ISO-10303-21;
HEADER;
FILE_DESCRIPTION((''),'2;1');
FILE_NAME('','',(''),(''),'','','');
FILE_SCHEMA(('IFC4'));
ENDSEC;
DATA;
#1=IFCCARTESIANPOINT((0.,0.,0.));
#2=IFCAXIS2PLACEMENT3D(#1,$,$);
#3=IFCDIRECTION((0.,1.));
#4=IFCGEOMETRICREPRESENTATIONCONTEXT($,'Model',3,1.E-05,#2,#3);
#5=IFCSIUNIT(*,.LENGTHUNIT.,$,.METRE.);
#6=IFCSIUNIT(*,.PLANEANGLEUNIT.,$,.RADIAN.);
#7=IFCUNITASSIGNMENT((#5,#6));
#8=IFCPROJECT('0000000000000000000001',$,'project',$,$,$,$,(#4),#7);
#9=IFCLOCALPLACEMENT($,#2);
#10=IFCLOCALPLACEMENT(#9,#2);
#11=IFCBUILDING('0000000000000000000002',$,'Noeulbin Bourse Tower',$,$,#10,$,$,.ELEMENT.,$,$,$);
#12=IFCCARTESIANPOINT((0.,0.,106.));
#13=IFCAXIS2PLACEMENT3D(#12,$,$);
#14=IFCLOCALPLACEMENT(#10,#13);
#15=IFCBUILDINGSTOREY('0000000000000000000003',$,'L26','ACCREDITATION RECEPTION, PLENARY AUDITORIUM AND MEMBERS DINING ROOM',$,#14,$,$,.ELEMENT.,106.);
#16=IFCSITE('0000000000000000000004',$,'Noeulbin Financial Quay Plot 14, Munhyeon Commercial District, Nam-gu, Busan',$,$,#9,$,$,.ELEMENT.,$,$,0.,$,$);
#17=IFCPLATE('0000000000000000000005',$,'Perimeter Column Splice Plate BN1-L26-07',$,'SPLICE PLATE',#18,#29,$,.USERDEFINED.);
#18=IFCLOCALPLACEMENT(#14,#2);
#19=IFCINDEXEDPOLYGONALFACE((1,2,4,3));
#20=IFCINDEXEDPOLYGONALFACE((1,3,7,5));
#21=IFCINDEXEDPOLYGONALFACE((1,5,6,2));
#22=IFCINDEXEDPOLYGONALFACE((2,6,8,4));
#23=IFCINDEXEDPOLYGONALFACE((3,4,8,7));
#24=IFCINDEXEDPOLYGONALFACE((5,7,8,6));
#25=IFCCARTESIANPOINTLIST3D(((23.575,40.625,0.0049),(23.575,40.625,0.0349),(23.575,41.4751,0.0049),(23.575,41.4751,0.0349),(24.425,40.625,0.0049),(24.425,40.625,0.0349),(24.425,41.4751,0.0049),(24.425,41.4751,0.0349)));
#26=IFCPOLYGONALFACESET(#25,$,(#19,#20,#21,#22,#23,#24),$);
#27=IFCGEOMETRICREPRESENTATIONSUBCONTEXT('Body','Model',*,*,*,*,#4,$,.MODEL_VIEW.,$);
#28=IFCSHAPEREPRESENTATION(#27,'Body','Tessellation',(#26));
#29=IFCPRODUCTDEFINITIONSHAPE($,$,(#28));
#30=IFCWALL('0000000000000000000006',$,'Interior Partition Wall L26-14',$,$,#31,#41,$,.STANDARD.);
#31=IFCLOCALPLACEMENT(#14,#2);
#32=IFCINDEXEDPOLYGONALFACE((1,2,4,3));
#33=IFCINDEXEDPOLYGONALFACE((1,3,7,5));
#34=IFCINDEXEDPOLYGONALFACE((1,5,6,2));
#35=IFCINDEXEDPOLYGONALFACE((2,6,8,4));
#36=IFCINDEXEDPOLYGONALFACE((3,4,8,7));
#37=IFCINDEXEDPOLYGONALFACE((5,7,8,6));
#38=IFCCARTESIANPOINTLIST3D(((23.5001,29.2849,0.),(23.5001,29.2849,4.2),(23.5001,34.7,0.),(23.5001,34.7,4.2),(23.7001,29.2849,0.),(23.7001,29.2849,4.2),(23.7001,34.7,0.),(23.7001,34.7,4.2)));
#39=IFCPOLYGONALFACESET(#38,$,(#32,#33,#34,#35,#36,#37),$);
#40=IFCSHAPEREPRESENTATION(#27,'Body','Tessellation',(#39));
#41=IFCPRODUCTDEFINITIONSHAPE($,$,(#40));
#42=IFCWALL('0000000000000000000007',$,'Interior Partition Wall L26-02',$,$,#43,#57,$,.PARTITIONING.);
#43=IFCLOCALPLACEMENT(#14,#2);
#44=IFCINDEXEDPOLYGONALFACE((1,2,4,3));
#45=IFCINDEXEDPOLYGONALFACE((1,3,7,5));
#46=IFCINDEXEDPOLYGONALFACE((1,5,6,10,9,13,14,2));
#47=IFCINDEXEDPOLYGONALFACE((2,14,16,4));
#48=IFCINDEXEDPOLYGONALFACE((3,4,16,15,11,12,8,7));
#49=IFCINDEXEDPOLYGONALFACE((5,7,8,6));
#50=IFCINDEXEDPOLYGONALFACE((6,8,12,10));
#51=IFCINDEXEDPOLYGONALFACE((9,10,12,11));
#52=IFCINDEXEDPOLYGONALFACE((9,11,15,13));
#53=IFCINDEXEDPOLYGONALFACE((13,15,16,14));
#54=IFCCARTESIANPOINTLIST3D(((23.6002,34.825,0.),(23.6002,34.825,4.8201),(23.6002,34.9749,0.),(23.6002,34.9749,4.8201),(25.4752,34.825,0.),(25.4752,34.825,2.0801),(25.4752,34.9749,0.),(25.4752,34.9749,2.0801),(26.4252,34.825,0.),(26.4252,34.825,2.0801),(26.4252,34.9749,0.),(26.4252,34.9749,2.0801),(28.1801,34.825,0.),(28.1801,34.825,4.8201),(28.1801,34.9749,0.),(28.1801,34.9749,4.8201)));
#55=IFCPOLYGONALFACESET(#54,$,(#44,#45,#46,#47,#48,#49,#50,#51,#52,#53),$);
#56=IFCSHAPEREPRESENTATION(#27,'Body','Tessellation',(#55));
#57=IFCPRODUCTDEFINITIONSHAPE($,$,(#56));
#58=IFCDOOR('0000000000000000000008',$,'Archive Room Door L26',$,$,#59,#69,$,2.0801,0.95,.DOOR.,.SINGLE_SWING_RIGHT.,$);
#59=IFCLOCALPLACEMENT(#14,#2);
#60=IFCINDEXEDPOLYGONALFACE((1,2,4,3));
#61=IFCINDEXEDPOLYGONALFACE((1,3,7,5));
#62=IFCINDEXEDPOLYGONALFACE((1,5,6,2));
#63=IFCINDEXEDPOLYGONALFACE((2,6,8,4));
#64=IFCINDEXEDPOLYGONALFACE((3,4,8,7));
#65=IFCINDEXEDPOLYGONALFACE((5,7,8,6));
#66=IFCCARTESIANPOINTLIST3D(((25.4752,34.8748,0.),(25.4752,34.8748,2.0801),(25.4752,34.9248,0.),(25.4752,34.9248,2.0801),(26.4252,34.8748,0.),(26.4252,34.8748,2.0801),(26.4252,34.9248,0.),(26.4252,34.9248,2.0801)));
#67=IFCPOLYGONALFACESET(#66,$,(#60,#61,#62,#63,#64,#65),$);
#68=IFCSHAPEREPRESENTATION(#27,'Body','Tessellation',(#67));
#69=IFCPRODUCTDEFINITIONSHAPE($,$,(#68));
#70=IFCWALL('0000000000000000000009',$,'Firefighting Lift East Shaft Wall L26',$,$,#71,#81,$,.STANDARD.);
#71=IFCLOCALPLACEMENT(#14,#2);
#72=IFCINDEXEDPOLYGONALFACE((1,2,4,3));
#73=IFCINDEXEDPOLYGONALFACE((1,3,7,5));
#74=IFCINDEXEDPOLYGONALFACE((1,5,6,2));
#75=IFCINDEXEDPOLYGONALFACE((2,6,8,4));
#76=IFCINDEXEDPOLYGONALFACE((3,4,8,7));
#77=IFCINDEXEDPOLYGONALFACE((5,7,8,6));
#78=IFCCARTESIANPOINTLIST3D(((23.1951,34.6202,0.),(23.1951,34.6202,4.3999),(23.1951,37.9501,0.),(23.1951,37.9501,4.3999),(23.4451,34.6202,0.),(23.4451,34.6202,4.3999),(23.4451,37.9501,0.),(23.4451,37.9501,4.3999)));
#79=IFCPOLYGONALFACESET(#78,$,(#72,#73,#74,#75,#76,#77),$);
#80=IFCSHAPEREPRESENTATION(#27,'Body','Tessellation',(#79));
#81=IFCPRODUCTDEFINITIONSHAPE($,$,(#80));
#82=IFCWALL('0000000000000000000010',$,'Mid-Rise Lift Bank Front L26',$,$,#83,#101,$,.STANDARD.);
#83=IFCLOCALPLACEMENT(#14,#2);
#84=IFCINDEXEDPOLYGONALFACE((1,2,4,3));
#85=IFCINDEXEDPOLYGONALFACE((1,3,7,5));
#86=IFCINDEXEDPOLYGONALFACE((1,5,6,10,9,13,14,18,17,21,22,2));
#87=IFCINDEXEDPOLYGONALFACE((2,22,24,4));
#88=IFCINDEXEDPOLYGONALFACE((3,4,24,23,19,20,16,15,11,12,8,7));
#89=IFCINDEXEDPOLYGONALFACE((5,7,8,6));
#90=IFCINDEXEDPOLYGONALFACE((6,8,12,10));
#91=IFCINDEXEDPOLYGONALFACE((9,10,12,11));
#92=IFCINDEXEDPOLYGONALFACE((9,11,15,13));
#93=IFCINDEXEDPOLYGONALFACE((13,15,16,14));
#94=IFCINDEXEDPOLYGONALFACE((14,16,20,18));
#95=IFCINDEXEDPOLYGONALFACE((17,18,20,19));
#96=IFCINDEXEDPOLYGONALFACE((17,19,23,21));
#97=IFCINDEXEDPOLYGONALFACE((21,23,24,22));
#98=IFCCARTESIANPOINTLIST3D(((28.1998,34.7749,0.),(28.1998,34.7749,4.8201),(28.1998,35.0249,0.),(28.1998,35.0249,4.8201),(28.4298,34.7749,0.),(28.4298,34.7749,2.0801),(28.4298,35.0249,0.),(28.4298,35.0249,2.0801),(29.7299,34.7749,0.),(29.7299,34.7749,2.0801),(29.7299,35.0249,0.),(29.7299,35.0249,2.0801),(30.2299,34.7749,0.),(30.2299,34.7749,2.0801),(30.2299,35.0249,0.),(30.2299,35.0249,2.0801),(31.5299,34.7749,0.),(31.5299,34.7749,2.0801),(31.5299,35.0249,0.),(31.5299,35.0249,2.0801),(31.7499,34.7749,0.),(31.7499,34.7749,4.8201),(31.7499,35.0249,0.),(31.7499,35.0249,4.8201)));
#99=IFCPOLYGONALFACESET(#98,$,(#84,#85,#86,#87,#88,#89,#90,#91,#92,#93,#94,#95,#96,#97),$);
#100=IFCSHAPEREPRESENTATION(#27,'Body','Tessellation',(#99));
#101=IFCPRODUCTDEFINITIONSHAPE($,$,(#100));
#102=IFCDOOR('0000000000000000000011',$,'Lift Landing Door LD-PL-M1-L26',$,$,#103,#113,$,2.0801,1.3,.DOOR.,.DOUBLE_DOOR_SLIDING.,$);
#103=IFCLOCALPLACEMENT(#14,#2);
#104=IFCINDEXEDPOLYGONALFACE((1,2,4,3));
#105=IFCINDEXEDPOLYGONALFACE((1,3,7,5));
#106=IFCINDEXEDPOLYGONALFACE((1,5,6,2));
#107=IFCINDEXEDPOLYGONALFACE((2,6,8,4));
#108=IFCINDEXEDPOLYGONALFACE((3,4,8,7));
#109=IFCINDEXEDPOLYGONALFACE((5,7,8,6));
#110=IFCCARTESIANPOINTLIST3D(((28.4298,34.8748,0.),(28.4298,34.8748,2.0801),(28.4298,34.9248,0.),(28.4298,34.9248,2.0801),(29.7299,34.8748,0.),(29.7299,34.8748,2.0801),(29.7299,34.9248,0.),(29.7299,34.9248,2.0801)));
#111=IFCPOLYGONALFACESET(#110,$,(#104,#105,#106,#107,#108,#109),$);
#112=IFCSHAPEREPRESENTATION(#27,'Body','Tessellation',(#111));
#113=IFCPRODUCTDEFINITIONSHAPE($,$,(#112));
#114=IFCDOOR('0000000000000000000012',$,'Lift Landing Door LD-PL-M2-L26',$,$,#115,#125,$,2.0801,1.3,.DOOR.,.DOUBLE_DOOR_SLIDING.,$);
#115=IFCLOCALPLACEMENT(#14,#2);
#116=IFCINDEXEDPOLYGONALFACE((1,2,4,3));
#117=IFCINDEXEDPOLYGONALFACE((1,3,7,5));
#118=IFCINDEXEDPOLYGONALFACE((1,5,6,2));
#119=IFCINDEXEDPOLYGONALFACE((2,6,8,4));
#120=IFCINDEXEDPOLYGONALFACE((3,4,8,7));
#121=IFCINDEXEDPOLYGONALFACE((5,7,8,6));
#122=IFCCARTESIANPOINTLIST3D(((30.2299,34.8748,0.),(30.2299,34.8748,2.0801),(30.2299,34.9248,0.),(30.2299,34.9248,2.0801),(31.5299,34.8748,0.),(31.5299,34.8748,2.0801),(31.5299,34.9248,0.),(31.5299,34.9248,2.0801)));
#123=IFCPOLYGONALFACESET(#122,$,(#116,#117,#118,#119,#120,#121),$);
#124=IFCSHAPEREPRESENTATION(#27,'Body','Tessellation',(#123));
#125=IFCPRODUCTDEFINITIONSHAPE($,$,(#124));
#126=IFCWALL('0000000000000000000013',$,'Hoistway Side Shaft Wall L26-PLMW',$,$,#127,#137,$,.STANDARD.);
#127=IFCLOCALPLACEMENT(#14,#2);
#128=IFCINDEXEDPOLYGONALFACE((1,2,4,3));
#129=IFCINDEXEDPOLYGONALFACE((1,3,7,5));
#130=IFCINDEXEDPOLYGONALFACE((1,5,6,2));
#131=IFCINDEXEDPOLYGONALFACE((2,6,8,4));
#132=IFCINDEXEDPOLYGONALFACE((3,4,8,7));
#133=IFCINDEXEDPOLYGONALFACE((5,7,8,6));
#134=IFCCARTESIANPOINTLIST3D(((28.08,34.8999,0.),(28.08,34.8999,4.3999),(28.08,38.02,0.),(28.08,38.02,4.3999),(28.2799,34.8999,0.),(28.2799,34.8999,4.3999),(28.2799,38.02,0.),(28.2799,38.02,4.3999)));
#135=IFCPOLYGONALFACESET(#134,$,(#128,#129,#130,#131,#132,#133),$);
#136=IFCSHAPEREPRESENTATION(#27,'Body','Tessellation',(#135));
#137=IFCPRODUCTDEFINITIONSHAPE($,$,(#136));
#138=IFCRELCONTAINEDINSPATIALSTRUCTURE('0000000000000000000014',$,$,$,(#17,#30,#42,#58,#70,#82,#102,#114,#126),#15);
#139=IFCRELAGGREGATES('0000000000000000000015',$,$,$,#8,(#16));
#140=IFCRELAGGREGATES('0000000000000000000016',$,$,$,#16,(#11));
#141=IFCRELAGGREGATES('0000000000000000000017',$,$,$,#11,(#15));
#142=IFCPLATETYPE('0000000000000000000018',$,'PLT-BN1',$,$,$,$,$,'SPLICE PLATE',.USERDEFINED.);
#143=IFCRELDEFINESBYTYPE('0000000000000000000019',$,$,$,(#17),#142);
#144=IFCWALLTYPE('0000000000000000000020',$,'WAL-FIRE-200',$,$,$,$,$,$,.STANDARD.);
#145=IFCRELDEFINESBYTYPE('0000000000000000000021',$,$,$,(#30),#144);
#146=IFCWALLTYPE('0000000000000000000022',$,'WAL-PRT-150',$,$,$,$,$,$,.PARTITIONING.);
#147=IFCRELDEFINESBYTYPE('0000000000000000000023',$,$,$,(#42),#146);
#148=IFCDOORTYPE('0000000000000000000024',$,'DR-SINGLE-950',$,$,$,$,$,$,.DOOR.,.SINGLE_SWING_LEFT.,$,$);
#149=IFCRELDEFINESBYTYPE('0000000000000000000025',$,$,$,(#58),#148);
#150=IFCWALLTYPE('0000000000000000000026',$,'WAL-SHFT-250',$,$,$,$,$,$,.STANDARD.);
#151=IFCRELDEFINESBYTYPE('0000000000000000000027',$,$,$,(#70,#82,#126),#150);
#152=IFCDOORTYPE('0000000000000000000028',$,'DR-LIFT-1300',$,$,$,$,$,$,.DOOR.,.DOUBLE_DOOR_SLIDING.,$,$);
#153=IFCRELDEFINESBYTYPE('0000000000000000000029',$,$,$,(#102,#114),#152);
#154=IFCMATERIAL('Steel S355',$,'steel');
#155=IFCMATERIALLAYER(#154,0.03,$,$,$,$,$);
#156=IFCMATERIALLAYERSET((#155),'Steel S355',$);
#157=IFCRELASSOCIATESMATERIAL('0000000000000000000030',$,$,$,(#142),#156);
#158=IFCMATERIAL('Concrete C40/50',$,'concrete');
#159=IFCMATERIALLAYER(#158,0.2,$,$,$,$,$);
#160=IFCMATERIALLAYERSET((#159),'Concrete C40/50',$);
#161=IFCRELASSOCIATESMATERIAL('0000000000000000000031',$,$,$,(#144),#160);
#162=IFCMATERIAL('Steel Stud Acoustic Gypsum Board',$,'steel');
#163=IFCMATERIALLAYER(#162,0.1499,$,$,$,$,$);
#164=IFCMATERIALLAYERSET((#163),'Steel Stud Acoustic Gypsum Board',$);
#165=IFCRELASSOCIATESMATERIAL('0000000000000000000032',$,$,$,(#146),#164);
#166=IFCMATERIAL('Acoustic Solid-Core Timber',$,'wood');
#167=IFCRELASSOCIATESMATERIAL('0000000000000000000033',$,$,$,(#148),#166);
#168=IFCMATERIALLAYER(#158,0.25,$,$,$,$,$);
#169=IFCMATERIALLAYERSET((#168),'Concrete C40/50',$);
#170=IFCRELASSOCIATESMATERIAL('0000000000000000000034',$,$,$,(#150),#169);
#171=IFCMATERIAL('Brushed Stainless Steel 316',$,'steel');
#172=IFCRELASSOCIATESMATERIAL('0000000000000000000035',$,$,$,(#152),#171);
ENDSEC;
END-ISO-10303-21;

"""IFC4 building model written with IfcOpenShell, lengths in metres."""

from ifc_helpers import new_model, si_unit, direction, frame, frame_2d, origin, origin_2d, place, context, subcontext, project, spatial, rectangle, extrude, material, layer, layer_set, type_object, element, fill, save


model = new_model("IFC4")

# Units and contexts
model_context = context("Model", 3, precision=1e-05, world=origin(), true_north=direction((0.0, 1.0)))
body_context = subcontext(model_context, "Body", "Model", "MODEL_VIEW")
ifc_project = project(units=[si_unit("LENGTHUNIT", "METRE"), si_unit("PLANEANGLEUNIT", "RADIAN")], contexts=[model_context])

# Site, building, storey
site_placement = place(None, origin())
site = spatial("IfcSite", under=ifc_project, at=site_placement, Name="Noeulbin Financial Quay Plot 14, Munhyeon Commercial District, Nam-gu, Busan", CompositionType="ELEMENT", RefElevation=0.0)
building_placement = place(site_placement, origin())
building = spatial("IfcBuilding", under=site, at=building_placement, Name="Noeulbin Bourse Tower", CompositionType="ELEMENT")
storey_placement = place(building_placement, frame((0.0, 0.0, 106.0)))
storey = spatial("IfcBuildingStorey", under=building, at=storey_placement, Name="L26", Description="ACCREDITATION RECEPTION, PLENARY AUDITORIUM AND MEMBERS DINING ROOM", CompositionType="ELEMENT", Elevation=106.0)

# Shared definitions
ifc_material_1 = material(Name="Steel S355", Category="steel")

# Plate
ifc_layer_1 = layer(ifc_material_1, 0.03)
ifc_layer_set_1 = layer_set([ifc_layer_1], Name="Steel S355")
plate_type_1 = type_object("IfcPlateType", Name="PLT-BN1", ElementType="SPLICE PLATE", PredefinedType="USERDEFINED", material=ifc_layer_set_1)
for number, where, z_axis, x_axis, name in (
    (1, (24.0, 41.05, 0.0049), (0.0, 0.0, 1.0), (1.0, 0.0, 0.0), "Perimeter Column Splice Plate BN1-L26-07"),
):
    element("IfcPlate", number, at=place(storey_placement, frame(where, z_axis=z_axis, x_axis=x_axis)), inside=storey, type_object=plate_type_1, Name=name, ObjectType="SPLICE PLATE", PredefinedType="USERDEFINED", context=body_context, shape_type="SweptSolid", body=[
        extrude(rectangle(XDim=0.8501, YDim=0.8501, at=origin_2d()), origin(), (0.0, 0.0, 1.0), 0.03),
    ])

# Wall
ifc_material_2 = material(Name="Concrete C40/50", Category="concrete")
ifc_layer_2 = layer(ifc_material_2, 0.2)
ifc_layer_set_2 = layer_set([ifc_layer_2], Name="Concrete C40/50")
wall_type_1 = type_object("IfcWallType", Name="WAL-FIRE-200", PredefinedType="STANDARD", material=ifc_layer_set_2)
wall_1_placement = place(storey_placement, frame((23.6001, 29.2849, 0.0), z_axis=(0.0, 0.0, 1.0), x_axis=(0.0, 1.0, 0.0)))
element("IfcWall", 2, at=wall_1_placement, inside=storey, type_object=wall_type_1, Name="Interior Partition Wall L26-14", PredefinedType="STANDARD", context=body_context, shape_type="SweptSolid", body=[
    extrude(rectangle(XDim=5.415, YDim=0.2, at=frame_2d((2.7075, 0.0))), origin(), (0.0, 0.0, 1.0), 4.2),
])

# Wall, opening, door
ifc_material_3 = material(Name="Steel Stud Acoustic Gypsum Board", Category="steel")
ifc_layer_3 = layer(ifc_material_3, 0.1499)
ifc_layer_set_3 = layer_set([ifc_layer_3], Name="Steel Stud Acoustic Gypsum Board")
wall_type_2 = type_object("IfcWallType", Name="WAL-PRT-150", PredefinedType="PARTITIONING", material=ifc_layer_set_3)
wall_2_placement = place(storey_placement, frame((23.6001, 34.8999, 0.0), z_axis=(0.0, 0.0, 1.0), x_axis=(1.0, 0.0, 0.0)))
wall_2 = element("IfcWall", 3, at=wall_2_placement, inside=storey, type_object=wall_type_2, Name="Interior Partition Wall L26-02", PredefinedType="PARTITIONING", context=body_context, shape_type="SweptSolid", body=[
    extrude(rectangle(XDim=4.5798, YDim=0.1499, at=frame_2d((2.29, 0.0))), origin(), (0.0, 0.0, 1.0), 4.8201),
])
opening_1_placement = place(wall_2_placement, frame((1.875, 0.0, 0.0)))
opening_1 = element("IfcOpeningElement", 4, at=opening_1_placement, cuts=wall_2, PredefinedType="OPENING", context=body_context, shape_type="SweptSolid", body=[
    extrude(rectangle(XDim=0.95, YDim=2.0801, at=frame_2d((0.4751, 1.04))), frame((0.0, 0.085, 0.0), z_axis=(0.0, -1.0, 0.0), x_axis=(1.0, 0.0, 0.0)), (0.0, 0.0, 1.0), 0.1699),
])
ifc_material_4 = material(Name="Acoustic Solid-Core Timber", Category="wood")
door_type_1 = type_object("IfcDoorType", Name="DR-SINGLE-950", OperationType="SINGLE_SWING_LEFT", PredefinedType="DOOR", material=ifc_material_4)
door_1_placement = place(opening_1_placement, origin())
door_1 = element("IfcDoor", 5, at=door_1_placement, inside=storey, type_object=door_type_1, Name="Archive Room Door L26", OperationType="SINGLE_SWING_RIGHT", OverallHeight=2.0801, OverallWidth=0.95, PredefinedType="DOOR", context=body_context, shape_type="SweptSolid", body=[
    extrude(rectangle(XDim=0.95, YDim=2.0801, at=frame_2d((0.4751, 1.04))), frame((0.0, 0.0249, 0.0), z_axis=(0.0, -1.0, 0.0), x_axis=(1.0, 0.0, 0.0)), (0.0, 0.0, 1.0), 0.05),
])
fill(opening_1, door_1)

# Wall
ifc_layer_4 = layer(ifc_material_2, 0.25)
ifc_layer_set_4 = layer_set([ifc_layer_4], Name="Concrete C40/50")
wall_type_3 = type_object("IfcWallType", Name="WAL-SHFT-250", PredefinedType="STANDARD", material=ifc_layer_set_4)
wall_3_placement = place(storey_placement, frame((23.3201, 34.6201, 0.0), z_axis=(0.0, 0.0, 1.0), x_axis=(0.0, 1.0, 0.0)))
element("IfcWall", 6, at=wall_3_placement, inside=storey, type_object=wall_type_3, Name="Firefighting Lift East Shaft Wall L26", PredefinedType="STANDARD", context=body_context, shape_type="SweptSolid", body=[
    extrude(rectangle(XDim=3.3298, YDim=0.25, at=frame_2d((1.665, 0.0))), origin(), (0.0, 0.0, 1.0), 4.3999),
])

# Wall, openings, doors
wall_4_placement = place(storey_placement, frame((28.2, 34.8999, 0.0), z_axis=(0.0, 0.0, 1.0), x_axis=(1.0, 0.0, 0.0)))
wall_4 = element("IfcWall", 7, at=wall_4_placement, inside=storey, type_object=wall_type_3, Name="Mid-Rise Lift Bank Front L26", PredefinedType="STANDARD", context=body_context, shape_type="SweptSolid", body=[
    extrude(rectangle(XDim=3.55, YDim=0.25, at=frame_2d((1.7749, 0.0))), origin(), (0.0, 0.0, 1.0), 4.8201),
])
opening_2_placement = place(wall_4_placement, frame((0.23, 0.0, 0.0)))
opening_2 = element("IfcOpeningElement", 8, at=opening_2_placement, cuts=wall_4, PredefinedType="OPENING", context=body_context, shape_type="SweptSolid", body=[
    extrude(rectangle(XDim=1.3, YDim=2.0801, at=frame_2d((0.6499, 1.04))), frame((0.0, 0.135, 0.0), z_axis=(0.0, -1.0, 0.0), x_axis=(1.0, 0.0, 0.0)), (0.0, 0.0, 1.0), 0.27),
])
opening_3_placement = place(wall_4_placement, frame((2.03, 0.0, 0.0)))
opening_3 = element("IfcOpeningElement", 9, at=opening_3_placement, cuts=wall_4, PredefinedType="OPENING", context=body_context, shape_type="SweptSolid", body=[
    extrude(rectangle(XDim=1.3, YDim=2.0801, at=frame_2d((0.6499, 1.04))), frame((0.0, 0.135, 0.0), z_axis=(0.0, -1.0, 0.0), x_axis=(1.0, 0.0, 0.0)), (0.0, 0.0, 1.0), 0.27),
])
ifc_material_5 = material(Name="Brushed Stainless Steel 316", Category="steel")
door_type_2 = type_object("IfcDoorType", Name="DR-LIFT-1300", OperationType="DOUBLE_DOOR_SLIDING", PredefinedType="DOOR", material=ifc_material_5)
door_2_placement = place(opening_2_placement, origin())
door_2 = element("IfcDoor", 10, at=door_2_placement, inside=storey, type_object=door_type_2, Name="Lift Landing Door LD-PL-M1-L26", OperationType="DOUBLE_DOOR_SLIDING", OverallHeight=2.0801, OverallWidth=1.3, PredefinedType="DOOR", context=body_context, shape_type="SweptSolid", body=[
    extrude(rectangle(XDim=1.3, YDim=2.0801, at=frame_2d((0.6499, 1.04))), frame((0.0, 0.0249, 0.0), z_axis=(0.0, -1.0, 0.0), x_axis=(1.0, 0.0, 0.0)), (0.0, 0.0, 1.0), 0.05),
])
fill(opening_2, door_2)
door_3_placement = place(opening_3_placement, origin())
door_3 = element("IfcDoor", 11, at=door_3_placement, inside=storey, type_object=door_type_2, Name="Lift Landing Door LD-PL-M2-L26", OperationType="DOUBLE_DOOR_SLIDING", OverallHeight=2.0801, OverallWidth=1.3, PredefinedType="DOOR", context=body_context, shape_type="SweptSolid", body=[
    extrude(rectangle(XDim=1.3, YDim=2.0801, at=frame_2d((0.6499, 1.04))), frame((0.0, 0.0249, 0.0), z_axis=(0.0, -1.0, 0.0), x_axis=(1.0, 0.0, 0.0)), (0.0, 0.0, 1.0), 0.05),
])
fill(opening_3, door_3)

# Wall
wall_5_placement = place(storey_placement, frame((28.1799, 34.8999, 0.0), z_axis=(0.0, 0.0, 1.0), x_axis=(0.0, 1.0, 0.0)))
element("IfcWall", 12, at=wall_5_placement, inside=storey, type_object=wall_type_3, Name="Hoistway Side Shaft Wall L26-PLMW", PredefinedType="STANDARD", context=body_context, shape_type="SweptSolid", body=[
    extrude(rectangle(XDim=3.1201, YDim=0.2, at=frame_2d((1.5601, 0.0))), origin(), (0.0, 0.0, 1.0), 4.3999),
])

save(model, "model.ifc")
